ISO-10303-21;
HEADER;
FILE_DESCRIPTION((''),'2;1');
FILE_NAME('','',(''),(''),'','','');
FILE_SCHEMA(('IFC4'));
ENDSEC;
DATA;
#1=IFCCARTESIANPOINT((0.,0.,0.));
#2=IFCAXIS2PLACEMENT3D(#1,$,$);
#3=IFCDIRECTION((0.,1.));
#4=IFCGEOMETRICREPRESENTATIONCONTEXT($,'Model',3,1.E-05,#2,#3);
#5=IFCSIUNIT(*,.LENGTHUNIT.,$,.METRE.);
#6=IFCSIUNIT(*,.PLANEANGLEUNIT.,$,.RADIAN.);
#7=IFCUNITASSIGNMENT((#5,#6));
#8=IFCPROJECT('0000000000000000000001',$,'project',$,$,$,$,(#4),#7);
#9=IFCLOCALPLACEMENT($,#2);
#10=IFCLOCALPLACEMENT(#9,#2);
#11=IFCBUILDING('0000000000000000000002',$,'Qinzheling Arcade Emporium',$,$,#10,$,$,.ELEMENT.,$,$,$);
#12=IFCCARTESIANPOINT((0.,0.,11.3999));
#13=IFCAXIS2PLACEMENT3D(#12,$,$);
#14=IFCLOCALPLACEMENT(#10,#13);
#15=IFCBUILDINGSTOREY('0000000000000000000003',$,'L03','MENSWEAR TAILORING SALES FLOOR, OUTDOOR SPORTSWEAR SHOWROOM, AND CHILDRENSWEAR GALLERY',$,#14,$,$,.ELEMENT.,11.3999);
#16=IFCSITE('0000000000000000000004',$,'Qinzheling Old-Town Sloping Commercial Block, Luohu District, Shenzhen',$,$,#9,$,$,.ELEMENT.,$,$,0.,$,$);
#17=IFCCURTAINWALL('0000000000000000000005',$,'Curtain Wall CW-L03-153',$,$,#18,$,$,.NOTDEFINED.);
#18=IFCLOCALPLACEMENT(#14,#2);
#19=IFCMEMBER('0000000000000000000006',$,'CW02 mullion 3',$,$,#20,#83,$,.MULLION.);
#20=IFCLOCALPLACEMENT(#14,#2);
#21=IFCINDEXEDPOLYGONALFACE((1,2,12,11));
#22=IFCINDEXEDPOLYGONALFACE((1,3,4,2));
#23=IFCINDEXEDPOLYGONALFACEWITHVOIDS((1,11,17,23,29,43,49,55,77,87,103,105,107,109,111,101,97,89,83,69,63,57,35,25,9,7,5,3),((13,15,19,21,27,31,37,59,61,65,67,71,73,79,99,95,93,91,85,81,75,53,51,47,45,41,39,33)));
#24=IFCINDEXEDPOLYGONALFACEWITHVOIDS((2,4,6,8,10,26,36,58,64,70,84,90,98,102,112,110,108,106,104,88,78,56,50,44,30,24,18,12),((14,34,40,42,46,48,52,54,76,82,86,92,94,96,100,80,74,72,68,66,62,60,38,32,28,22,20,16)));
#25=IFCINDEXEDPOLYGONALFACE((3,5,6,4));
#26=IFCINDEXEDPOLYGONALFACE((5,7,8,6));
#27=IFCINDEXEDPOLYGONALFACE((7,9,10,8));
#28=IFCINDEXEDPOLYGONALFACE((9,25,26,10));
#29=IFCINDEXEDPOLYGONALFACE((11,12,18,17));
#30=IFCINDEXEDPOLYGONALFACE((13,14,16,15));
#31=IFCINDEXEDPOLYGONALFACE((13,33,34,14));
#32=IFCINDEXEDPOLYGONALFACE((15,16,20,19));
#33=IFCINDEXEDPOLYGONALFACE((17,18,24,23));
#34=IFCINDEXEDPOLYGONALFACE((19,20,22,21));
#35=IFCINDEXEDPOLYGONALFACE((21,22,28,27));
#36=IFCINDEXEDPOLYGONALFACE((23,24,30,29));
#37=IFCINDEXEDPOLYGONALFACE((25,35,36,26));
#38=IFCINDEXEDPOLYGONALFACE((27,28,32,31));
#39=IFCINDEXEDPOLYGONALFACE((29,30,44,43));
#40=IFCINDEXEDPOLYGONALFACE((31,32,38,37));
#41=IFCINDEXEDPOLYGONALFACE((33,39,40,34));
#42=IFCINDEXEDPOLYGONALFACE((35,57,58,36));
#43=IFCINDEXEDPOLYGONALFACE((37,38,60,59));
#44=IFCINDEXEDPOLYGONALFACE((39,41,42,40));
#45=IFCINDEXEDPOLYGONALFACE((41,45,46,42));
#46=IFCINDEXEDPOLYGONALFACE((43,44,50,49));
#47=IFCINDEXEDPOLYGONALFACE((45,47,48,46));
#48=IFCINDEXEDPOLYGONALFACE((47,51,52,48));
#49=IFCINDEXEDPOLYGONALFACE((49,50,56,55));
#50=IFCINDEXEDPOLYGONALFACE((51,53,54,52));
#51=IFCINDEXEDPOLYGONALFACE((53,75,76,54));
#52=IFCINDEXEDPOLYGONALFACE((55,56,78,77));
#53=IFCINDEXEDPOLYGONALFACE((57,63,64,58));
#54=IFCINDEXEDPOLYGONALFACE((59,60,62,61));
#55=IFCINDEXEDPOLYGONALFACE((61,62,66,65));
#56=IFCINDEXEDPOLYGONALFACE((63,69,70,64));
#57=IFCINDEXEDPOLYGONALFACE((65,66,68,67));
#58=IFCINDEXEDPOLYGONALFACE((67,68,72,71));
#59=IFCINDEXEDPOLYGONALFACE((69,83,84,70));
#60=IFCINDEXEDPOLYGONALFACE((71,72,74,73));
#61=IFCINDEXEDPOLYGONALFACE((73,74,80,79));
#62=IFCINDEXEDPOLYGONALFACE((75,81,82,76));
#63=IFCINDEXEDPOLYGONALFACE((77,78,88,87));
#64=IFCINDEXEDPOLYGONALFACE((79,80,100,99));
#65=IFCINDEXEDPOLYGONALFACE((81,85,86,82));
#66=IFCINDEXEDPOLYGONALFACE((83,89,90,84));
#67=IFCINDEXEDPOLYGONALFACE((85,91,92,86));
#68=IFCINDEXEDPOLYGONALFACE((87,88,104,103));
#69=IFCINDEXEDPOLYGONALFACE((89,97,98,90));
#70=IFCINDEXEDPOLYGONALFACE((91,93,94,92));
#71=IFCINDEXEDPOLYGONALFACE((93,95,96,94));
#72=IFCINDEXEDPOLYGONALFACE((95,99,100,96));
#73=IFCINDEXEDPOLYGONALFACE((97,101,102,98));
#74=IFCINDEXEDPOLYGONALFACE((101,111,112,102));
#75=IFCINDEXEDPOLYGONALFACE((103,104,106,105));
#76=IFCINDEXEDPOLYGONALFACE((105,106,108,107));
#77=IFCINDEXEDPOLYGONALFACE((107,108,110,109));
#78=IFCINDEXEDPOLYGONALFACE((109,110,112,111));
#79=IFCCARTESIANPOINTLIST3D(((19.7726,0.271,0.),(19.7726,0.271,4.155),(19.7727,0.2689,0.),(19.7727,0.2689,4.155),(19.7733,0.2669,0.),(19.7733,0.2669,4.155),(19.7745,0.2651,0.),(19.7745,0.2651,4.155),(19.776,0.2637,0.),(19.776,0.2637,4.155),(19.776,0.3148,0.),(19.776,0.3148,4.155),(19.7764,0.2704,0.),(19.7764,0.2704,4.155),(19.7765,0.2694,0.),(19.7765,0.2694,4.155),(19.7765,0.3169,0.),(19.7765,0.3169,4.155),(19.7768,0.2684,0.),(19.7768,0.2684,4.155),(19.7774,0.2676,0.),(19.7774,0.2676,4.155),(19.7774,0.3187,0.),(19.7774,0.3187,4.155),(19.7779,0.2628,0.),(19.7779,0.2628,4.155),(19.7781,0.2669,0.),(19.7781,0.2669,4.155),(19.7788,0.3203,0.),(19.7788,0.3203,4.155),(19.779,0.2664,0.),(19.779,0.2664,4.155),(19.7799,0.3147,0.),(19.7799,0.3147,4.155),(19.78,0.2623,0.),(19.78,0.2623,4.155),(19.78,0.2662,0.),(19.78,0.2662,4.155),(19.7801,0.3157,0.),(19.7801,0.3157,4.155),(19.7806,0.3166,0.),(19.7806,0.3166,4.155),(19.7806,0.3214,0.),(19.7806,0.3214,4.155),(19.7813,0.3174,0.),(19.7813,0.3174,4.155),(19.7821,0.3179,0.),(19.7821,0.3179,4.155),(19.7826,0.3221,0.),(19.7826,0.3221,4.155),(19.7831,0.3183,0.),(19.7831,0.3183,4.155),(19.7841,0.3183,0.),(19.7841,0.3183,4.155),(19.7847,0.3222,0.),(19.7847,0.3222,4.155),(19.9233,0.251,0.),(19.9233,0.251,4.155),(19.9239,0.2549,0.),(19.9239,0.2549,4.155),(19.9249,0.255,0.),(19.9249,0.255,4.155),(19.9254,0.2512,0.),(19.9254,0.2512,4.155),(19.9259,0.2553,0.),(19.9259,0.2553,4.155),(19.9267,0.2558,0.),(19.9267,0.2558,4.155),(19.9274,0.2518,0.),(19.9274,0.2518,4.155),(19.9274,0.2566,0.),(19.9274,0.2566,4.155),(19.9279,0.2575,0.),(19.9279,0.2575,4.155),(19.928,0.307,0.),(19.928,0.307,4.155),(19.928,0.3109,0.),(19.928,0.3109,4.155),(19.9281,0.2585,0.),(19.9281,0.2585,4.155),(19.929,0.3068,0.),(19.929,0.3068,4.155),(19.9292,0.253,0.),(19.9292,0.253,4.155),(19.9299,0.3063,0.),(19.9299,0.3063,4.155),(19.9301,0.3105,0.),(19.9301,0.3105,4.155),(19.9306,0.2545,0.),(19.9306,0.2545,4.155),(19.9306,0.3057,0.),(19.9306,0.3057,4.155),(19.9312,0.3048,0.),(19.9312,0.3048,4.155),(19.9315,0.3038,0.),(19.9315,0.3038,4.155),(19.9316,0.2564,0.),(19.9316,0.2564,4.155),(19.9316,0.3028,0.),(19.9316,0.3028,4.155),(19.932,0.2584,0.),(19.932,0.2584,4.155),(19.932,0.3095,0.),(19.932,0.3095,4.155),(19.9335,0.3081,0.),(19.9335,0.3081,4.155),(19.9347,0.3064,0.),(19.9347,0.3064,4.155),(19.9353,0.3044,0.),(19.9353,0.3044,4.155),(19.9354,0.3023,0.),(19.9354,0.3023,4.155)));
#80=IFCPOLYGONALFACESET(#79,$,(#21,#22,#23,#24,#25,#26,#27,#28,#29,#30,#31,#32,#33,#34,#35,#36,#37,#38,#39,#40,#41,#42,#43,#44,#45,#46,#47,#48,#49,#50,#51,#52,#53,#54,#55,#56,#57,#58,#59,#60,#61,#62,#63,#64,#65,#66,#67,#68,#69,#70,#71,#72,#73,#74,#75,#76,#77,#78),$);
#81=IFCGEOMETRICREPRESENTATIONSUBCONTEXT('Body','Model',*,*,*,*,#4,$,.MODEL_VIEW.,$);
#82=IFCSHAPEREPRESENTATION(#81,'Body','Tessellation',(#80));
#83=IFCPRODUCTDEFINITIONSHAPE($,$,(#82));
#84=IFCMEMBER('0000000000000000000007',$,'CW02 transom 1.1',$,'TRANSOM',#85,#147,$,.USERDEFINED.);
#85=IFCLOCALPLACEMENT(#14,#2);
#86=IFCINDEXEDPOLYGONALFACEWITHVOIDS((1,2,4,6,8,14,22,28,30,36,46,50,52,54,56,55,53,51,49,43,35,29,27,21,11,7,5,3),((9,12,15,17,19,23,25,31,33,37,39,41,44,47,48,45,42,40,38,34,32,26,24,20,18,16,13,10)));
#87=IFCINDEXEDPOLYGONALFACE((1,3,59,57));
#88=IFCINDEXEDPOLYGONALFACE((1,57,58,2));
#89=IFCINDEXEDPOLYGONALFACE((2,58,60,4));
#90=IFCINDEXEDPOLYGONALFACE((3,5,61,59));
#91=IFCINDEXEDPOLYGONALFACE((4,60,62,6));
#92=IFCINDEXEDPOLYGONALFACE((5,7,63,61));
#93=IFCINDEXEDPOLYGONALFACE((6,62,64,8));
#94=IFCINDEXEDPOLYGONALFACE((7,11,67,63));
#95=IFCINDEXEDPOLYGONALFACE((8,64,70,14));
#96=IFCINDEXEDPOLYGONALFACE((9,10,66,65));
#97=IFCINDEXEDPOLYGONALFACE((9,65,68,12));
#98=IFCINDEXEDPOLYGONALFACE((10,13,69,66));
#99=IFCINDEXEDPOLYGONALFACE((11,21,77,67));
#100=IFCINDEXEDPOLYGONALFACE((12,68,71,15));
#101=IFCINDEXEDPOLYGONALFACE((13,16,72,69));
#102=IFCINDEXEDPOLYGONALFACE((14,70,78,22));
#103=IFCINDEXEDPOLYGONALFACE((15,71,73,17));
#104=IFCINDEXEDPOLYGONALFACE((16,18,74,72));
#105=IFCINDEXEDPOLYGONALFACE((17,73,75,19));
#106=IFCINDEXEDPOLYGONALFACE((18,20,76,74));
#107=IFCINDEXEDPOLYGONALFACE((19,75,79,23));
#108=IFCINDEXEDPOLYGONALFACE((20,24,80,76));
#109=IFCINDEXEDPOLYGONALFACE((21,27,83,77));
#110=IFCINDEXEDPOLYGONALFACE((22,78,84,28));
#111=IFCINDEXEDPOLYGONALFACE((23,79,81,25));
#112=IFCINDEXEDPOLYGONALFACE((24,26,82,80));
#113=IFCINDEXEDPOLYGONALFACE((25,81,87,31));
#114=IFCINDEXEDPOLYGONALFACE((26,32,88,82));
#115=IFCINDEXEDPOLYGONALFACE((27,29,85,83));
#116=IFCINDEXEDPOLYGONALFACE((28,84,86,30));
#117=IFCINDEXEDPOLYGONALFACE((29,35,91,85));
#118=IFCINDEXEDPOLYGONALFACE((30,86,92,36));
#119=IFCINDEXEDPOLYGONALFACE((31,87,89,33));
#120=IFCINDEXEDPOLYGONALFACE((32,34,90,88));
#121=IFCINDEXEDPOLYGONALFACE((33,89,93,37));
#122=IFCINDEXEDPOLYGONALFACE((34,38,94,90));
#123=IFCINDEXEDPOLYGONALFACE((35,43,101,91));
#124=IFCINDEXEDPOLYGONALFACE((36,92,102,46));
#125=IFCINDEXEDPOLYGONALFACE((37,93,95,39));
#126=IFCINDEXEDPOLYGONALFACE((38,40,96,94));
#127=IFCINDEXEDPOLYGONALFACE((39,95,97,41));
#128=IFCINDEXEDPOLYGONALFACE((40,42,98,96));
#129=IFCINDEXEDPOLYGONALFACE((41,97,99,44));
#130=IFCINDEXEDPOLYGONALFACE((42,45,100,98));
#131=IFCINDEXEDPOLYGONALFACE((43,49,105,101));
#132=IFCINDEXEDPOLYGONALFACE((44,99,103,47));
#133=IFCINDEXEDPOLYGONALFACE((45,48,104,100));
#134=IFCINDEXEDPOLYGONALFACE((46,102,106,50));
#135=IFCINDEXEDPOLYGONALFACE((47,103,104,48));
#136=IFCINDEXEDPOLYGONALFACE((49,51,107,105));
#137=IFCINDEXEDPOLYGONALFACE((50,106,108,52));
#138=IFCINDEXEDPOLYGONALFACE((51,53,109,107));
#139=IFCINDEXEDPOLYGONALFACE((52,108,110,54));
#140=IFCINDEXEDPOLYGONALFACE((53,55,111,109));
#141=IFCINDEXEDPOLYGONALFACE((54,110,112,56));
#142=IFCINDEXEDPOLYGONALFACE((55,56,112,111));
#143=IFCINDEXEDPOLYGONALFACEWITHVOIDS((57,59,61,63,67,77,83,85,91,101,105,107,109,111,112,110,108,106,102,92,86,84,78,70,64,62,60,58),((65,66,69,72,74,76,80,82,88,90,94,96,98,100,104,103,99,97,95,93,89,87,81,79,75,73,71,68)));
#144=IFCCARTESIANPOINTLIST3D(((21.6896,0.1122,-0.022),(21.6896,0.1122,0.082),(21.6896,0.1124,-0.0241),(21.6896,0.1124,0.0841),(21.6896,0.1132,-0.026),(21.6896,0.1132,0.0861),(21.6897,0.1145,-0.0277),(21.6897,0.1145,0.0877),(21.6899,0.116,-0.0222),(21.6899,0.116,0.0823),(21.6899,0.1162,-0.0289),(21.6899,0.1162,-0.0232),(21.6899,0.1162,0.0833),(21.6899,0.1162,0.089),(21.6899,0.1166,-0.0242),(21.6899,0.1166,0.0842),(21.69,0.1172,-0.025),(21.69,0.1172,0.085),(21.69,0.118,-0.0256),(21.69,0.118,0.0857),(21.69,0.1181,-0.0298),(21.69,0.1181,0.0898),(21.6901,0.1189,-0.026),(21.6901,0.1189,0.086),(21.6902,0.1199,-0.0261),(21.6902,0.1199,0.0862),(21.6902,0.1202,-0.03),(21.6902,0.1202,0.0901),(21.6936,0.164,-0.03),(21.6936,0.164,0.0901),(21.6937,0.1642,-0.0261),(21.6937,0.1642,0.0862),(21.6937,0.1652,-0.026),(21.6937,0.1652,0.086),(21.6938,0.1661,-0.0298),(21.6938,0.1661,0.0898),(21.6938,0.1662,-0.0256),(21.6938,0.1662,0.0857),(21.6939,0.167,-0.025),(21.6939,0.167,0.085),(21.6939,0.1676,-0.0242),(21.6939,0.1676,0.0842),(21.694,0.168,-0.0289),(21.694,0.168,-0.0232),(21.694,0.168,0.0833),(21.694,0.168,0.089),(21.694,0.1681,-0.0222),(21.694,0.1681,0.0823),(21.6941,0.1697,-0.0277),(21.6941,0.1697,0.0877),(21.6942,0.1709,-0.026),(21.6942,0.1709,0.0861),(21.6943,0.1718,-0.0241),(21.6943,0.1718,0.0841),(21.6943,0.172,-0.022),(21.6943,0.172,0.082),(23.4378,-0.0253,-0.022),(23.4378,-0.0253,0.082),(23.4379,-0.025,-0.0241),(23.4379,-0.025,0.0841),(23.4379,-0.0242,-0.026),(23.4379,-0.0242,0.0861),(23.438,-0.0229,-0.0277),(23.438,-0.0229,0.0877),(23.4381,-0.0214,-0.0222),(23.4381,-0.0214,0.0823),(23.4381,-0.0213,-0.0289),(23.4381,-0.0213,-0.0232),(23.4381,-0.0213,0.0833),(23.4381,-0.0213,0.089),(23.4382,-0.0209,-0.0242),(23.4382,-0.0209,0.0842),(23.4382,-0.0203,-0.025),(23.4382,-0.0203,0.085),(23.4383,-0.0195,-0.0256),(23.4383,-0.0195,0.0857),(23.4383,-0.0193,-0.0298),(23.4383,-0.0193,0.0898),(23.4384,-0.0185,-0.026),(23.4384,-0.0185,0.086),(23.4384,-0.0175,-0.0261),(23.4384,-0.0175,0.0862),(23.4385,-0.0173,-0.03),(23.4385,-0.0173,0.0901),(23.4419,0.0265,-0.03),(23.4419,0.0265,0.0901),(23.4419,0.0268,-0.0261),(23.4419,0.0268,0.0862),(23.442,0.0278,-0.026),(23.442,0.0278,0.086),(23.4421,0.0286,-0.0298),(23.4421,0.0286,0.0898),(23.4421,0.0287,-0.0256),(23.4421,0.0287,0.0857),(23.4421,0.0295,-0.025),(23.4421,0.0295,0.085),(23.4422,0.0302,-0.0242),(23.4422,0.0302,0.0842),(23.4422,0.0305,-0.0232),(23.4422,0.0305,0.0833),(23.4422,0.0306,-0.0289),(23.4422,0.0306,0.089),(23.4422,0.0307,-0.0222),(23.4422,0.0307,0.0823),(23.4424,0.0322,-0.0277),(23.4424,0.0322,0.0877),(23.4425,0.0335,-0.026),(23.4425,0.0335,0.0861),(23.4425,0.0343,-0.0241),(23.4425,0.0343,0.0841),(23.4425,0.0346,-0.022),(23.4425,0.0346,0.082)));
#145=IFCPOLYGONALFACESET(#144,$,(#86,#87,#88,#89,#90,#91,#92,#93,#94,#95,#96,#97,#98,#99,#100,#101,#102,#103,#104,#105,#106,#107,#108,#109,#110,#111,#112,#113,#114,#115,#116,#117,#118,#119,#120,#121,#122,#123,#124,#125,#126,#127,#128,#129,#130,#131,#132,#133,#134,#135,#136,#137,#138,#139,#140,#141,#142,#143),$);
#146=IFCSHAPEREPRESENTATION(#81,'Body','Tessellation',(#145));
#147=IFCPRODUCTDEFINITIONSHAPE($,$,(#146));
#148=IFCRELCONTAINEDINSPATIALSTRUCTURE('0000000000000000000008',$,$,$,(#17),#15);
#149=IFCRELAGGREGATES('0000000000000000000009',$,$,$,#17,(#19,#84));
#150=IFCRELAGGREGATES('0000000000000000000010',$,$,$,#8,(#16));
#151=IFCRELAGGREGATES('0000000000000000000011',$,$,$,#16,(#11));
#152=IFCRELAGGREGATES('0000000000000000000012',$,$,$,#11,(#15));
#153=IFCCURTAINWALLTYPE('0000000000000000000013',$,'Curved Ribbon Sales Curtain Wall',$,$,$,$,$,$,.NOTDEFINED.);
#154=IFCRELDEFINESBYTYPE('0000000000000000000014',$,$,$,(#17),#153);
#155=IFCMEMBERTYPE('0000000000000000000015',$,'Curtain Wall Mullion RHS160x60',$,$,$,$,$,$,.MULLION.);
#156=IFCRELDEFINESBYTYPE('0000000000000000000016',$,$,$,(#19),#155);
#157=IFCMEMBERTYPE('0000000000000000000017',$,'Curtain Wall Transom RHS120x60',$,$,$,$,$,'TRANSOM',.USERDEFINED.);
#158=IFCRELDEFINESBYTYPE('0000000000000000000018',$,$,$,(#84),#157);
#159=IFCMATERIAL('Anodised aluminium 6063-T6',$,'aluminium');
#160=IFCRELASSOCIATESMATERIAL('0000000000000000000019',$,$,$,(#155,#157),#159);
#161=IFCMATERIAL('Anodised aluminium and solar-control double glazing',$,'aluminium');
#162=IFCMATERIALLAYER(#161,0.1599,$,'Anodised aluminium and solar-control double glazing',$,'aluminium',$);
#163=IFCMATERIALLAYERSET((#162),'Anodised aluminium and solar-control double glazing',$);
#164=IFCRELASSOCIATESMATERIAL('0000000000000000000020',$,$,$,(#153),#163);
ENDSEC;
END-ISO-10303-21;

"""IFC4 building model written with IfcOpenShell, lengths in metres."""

from ifc_helpers import new_model, si_unit, direction, frame, origin, origin_2d, place, context, subcontext, project, spatial, hollow_rectangle, extrude, material, layer, layer_set, material_profile, profile_set, type_object, element, aggregate, save


model = new_model("IFC4")

# Units and contexts
model_context = context("Model", 3, precision=1e-05, world=origin(), true_north=direction((0.0, 1.0)))
body_context = subcontext(model_context, "Body", "Model", "MODEL_VIEW")
ifc_project = project(units=[si_unit("LENGTHUNIT", "METRE"), si_unit("PLANEANGLEUNIT", "RADIAN")], contexts=[model_context])

# Site, building, storey
site_placement = place(None, origin())
site = spatial("IfcSite", under=ifc_project, at=site_placement, Name="Qinzheling Old-Town Sloping Commercial Block, Luohu District, Shenzhen", CompositionType="ELEMENT", RefElevation=0.0)
building_placement = place(site_placement, origin())
building = spatial("IfcBuilding", under=site, at=building_placement, Name="Qinzheling Arcade Emporium", CompositionType="ELEMENT")
storey_placement = place(building_placement, frame((0.0, 0.0, 11.3999)))
storey = spatial("IfcBuildingStorey", under=building, at=storey_placement, Name="L03", Description="MENSWEAR TAILORING SALES FLOOR, OUTDOOR SPORTSWEAR SHOWROOM, AND CHILDRENSWEAR GALLERY", CompositionType="ELEMENT", Elevation=11.3999)

# Shared definitions
ifc_material_1 = material(Name="Anodised aluminium and solar-control double glazing", Category="aluminium")
ifc_material_2 = material(Name="Anodised aluminium 6063-T6", Category="aluminium")
ifc_material_profile_1 = material_profile(ifc_material_2, hollow_rectangle(XDim=0.0601, YDim=0.1599, WallThickness=0.0039, InnerFilletRadius=0.0039, OuterFilletRadius=0.0081, at=origin_2d()), Name="RHS 160x60x4", Category="aluminium")
ifc_profile_set_1 = profile_set([ifc_material_profile_1], Name="Anodised aluminium 6063-T6")
member_type_1 = type_object("IfcMemberType", Name="Curtain Wall Mullion RHS160x60", PredefinedType="MULLION", material=ifc_profile_set_1)

# Curtain wall, members
ifc_layer_1 = layer(ifc_material_1, 0.1599, Name="Anodised aluminium and solar-control double glazing", Category="aluminium")
ifc_layer_set_1 = layer_set([ifc_layer_1], Name="Anodised aluminium and solar-control double glazing")
curtain_wall_type_1 = type_object("IfcCurtainWallType", Name="Curved Ribbon Sales Curtain Wall", PredefinedType="NOTDEFINED", material=ifc_layer_set_1)
curtain_wall_1_placement = place(storey_placement, origin())
curtain_wall_1 = element("IfcCurtainWall", 1, at=curtain_wall_1_placement, inside=storey, type_object=curtain_wall_type_1, Name="Curtain Wall CW-L03-153", PredefinedType="NOTDEFINED")
member_1_placement = place(storey_placement, frame((19.854, 0.2866, 0.0), z_axis=(0.0, 0.0, 1.0), x_axis=(-0.078376, -0.996924, 0.0)))
member_1 = element("IfcMember", 2, at=member_1_placement, type_object=member_type_1, Name="CW02 mullion 3", PredefinedType="MULLION", context=body_context, shape_type="SweptSolid", body=[
    extrude(hollow_rectangle(XDim=0.0601, YDim=0.1599, WallThickness=0.0039, InnerFilletRadius=0.0039, OuterFilletRadius=0.0081, at=origin_2d()), origin(), (0.0, 0.0, 1.0), 4.155),
])
ifc_material_profile_2 = material_profile(ifc_material_2, hollow_rectangle(XDim=0.0601, YDim=0.1201, WallThickness=0.0039, InnerFilletRadius=0.0039, OuterFilletRadius=0.0081, at=origin_2d()), Name="RHS 120x60x4", Category="aluminium")
ifc_profile_set_2 = profile_set([ifc_material_profile_2], Name="Anodised aluminium 6063-T6")
member_type_2 = type_object("IfcMemberType", Name="Curtain Wall Transom RHS120x60", ElementType="TRANSOM", PredefinedType="USERDEFINED", material=ifc_profile_set_2)
member_2_placement = place(storey_placement, frame((23.4402, 0.0046, 0.03), z_axis=(-0.996924, 0.078378, 0.0), x_axis=(-0.078378, -0.996924, 0.0)))
member_2 = element("IfcMember", 3, at=member_2_placement, type_object=member_type_2, Name="CW02 transom 1.1", ObjectType="TRANSOM", PredefinedType="USERDEFINED", context=body_context, shape_type="SweptSolid", body=[
    extrude(hollow_rectangle(XDim=0.0601, YDim=0.1201, WallThickness=0.0039, InnerFilletRadius=0.0039, OuterFilletRadius=0.0081, at=origin_2d()), origin(), (0.0, 0.0, 1.0), 1.7537),
])

aggregate(curtain_wall_1, [member_1, member_2])

save(model, "model.ifc")
